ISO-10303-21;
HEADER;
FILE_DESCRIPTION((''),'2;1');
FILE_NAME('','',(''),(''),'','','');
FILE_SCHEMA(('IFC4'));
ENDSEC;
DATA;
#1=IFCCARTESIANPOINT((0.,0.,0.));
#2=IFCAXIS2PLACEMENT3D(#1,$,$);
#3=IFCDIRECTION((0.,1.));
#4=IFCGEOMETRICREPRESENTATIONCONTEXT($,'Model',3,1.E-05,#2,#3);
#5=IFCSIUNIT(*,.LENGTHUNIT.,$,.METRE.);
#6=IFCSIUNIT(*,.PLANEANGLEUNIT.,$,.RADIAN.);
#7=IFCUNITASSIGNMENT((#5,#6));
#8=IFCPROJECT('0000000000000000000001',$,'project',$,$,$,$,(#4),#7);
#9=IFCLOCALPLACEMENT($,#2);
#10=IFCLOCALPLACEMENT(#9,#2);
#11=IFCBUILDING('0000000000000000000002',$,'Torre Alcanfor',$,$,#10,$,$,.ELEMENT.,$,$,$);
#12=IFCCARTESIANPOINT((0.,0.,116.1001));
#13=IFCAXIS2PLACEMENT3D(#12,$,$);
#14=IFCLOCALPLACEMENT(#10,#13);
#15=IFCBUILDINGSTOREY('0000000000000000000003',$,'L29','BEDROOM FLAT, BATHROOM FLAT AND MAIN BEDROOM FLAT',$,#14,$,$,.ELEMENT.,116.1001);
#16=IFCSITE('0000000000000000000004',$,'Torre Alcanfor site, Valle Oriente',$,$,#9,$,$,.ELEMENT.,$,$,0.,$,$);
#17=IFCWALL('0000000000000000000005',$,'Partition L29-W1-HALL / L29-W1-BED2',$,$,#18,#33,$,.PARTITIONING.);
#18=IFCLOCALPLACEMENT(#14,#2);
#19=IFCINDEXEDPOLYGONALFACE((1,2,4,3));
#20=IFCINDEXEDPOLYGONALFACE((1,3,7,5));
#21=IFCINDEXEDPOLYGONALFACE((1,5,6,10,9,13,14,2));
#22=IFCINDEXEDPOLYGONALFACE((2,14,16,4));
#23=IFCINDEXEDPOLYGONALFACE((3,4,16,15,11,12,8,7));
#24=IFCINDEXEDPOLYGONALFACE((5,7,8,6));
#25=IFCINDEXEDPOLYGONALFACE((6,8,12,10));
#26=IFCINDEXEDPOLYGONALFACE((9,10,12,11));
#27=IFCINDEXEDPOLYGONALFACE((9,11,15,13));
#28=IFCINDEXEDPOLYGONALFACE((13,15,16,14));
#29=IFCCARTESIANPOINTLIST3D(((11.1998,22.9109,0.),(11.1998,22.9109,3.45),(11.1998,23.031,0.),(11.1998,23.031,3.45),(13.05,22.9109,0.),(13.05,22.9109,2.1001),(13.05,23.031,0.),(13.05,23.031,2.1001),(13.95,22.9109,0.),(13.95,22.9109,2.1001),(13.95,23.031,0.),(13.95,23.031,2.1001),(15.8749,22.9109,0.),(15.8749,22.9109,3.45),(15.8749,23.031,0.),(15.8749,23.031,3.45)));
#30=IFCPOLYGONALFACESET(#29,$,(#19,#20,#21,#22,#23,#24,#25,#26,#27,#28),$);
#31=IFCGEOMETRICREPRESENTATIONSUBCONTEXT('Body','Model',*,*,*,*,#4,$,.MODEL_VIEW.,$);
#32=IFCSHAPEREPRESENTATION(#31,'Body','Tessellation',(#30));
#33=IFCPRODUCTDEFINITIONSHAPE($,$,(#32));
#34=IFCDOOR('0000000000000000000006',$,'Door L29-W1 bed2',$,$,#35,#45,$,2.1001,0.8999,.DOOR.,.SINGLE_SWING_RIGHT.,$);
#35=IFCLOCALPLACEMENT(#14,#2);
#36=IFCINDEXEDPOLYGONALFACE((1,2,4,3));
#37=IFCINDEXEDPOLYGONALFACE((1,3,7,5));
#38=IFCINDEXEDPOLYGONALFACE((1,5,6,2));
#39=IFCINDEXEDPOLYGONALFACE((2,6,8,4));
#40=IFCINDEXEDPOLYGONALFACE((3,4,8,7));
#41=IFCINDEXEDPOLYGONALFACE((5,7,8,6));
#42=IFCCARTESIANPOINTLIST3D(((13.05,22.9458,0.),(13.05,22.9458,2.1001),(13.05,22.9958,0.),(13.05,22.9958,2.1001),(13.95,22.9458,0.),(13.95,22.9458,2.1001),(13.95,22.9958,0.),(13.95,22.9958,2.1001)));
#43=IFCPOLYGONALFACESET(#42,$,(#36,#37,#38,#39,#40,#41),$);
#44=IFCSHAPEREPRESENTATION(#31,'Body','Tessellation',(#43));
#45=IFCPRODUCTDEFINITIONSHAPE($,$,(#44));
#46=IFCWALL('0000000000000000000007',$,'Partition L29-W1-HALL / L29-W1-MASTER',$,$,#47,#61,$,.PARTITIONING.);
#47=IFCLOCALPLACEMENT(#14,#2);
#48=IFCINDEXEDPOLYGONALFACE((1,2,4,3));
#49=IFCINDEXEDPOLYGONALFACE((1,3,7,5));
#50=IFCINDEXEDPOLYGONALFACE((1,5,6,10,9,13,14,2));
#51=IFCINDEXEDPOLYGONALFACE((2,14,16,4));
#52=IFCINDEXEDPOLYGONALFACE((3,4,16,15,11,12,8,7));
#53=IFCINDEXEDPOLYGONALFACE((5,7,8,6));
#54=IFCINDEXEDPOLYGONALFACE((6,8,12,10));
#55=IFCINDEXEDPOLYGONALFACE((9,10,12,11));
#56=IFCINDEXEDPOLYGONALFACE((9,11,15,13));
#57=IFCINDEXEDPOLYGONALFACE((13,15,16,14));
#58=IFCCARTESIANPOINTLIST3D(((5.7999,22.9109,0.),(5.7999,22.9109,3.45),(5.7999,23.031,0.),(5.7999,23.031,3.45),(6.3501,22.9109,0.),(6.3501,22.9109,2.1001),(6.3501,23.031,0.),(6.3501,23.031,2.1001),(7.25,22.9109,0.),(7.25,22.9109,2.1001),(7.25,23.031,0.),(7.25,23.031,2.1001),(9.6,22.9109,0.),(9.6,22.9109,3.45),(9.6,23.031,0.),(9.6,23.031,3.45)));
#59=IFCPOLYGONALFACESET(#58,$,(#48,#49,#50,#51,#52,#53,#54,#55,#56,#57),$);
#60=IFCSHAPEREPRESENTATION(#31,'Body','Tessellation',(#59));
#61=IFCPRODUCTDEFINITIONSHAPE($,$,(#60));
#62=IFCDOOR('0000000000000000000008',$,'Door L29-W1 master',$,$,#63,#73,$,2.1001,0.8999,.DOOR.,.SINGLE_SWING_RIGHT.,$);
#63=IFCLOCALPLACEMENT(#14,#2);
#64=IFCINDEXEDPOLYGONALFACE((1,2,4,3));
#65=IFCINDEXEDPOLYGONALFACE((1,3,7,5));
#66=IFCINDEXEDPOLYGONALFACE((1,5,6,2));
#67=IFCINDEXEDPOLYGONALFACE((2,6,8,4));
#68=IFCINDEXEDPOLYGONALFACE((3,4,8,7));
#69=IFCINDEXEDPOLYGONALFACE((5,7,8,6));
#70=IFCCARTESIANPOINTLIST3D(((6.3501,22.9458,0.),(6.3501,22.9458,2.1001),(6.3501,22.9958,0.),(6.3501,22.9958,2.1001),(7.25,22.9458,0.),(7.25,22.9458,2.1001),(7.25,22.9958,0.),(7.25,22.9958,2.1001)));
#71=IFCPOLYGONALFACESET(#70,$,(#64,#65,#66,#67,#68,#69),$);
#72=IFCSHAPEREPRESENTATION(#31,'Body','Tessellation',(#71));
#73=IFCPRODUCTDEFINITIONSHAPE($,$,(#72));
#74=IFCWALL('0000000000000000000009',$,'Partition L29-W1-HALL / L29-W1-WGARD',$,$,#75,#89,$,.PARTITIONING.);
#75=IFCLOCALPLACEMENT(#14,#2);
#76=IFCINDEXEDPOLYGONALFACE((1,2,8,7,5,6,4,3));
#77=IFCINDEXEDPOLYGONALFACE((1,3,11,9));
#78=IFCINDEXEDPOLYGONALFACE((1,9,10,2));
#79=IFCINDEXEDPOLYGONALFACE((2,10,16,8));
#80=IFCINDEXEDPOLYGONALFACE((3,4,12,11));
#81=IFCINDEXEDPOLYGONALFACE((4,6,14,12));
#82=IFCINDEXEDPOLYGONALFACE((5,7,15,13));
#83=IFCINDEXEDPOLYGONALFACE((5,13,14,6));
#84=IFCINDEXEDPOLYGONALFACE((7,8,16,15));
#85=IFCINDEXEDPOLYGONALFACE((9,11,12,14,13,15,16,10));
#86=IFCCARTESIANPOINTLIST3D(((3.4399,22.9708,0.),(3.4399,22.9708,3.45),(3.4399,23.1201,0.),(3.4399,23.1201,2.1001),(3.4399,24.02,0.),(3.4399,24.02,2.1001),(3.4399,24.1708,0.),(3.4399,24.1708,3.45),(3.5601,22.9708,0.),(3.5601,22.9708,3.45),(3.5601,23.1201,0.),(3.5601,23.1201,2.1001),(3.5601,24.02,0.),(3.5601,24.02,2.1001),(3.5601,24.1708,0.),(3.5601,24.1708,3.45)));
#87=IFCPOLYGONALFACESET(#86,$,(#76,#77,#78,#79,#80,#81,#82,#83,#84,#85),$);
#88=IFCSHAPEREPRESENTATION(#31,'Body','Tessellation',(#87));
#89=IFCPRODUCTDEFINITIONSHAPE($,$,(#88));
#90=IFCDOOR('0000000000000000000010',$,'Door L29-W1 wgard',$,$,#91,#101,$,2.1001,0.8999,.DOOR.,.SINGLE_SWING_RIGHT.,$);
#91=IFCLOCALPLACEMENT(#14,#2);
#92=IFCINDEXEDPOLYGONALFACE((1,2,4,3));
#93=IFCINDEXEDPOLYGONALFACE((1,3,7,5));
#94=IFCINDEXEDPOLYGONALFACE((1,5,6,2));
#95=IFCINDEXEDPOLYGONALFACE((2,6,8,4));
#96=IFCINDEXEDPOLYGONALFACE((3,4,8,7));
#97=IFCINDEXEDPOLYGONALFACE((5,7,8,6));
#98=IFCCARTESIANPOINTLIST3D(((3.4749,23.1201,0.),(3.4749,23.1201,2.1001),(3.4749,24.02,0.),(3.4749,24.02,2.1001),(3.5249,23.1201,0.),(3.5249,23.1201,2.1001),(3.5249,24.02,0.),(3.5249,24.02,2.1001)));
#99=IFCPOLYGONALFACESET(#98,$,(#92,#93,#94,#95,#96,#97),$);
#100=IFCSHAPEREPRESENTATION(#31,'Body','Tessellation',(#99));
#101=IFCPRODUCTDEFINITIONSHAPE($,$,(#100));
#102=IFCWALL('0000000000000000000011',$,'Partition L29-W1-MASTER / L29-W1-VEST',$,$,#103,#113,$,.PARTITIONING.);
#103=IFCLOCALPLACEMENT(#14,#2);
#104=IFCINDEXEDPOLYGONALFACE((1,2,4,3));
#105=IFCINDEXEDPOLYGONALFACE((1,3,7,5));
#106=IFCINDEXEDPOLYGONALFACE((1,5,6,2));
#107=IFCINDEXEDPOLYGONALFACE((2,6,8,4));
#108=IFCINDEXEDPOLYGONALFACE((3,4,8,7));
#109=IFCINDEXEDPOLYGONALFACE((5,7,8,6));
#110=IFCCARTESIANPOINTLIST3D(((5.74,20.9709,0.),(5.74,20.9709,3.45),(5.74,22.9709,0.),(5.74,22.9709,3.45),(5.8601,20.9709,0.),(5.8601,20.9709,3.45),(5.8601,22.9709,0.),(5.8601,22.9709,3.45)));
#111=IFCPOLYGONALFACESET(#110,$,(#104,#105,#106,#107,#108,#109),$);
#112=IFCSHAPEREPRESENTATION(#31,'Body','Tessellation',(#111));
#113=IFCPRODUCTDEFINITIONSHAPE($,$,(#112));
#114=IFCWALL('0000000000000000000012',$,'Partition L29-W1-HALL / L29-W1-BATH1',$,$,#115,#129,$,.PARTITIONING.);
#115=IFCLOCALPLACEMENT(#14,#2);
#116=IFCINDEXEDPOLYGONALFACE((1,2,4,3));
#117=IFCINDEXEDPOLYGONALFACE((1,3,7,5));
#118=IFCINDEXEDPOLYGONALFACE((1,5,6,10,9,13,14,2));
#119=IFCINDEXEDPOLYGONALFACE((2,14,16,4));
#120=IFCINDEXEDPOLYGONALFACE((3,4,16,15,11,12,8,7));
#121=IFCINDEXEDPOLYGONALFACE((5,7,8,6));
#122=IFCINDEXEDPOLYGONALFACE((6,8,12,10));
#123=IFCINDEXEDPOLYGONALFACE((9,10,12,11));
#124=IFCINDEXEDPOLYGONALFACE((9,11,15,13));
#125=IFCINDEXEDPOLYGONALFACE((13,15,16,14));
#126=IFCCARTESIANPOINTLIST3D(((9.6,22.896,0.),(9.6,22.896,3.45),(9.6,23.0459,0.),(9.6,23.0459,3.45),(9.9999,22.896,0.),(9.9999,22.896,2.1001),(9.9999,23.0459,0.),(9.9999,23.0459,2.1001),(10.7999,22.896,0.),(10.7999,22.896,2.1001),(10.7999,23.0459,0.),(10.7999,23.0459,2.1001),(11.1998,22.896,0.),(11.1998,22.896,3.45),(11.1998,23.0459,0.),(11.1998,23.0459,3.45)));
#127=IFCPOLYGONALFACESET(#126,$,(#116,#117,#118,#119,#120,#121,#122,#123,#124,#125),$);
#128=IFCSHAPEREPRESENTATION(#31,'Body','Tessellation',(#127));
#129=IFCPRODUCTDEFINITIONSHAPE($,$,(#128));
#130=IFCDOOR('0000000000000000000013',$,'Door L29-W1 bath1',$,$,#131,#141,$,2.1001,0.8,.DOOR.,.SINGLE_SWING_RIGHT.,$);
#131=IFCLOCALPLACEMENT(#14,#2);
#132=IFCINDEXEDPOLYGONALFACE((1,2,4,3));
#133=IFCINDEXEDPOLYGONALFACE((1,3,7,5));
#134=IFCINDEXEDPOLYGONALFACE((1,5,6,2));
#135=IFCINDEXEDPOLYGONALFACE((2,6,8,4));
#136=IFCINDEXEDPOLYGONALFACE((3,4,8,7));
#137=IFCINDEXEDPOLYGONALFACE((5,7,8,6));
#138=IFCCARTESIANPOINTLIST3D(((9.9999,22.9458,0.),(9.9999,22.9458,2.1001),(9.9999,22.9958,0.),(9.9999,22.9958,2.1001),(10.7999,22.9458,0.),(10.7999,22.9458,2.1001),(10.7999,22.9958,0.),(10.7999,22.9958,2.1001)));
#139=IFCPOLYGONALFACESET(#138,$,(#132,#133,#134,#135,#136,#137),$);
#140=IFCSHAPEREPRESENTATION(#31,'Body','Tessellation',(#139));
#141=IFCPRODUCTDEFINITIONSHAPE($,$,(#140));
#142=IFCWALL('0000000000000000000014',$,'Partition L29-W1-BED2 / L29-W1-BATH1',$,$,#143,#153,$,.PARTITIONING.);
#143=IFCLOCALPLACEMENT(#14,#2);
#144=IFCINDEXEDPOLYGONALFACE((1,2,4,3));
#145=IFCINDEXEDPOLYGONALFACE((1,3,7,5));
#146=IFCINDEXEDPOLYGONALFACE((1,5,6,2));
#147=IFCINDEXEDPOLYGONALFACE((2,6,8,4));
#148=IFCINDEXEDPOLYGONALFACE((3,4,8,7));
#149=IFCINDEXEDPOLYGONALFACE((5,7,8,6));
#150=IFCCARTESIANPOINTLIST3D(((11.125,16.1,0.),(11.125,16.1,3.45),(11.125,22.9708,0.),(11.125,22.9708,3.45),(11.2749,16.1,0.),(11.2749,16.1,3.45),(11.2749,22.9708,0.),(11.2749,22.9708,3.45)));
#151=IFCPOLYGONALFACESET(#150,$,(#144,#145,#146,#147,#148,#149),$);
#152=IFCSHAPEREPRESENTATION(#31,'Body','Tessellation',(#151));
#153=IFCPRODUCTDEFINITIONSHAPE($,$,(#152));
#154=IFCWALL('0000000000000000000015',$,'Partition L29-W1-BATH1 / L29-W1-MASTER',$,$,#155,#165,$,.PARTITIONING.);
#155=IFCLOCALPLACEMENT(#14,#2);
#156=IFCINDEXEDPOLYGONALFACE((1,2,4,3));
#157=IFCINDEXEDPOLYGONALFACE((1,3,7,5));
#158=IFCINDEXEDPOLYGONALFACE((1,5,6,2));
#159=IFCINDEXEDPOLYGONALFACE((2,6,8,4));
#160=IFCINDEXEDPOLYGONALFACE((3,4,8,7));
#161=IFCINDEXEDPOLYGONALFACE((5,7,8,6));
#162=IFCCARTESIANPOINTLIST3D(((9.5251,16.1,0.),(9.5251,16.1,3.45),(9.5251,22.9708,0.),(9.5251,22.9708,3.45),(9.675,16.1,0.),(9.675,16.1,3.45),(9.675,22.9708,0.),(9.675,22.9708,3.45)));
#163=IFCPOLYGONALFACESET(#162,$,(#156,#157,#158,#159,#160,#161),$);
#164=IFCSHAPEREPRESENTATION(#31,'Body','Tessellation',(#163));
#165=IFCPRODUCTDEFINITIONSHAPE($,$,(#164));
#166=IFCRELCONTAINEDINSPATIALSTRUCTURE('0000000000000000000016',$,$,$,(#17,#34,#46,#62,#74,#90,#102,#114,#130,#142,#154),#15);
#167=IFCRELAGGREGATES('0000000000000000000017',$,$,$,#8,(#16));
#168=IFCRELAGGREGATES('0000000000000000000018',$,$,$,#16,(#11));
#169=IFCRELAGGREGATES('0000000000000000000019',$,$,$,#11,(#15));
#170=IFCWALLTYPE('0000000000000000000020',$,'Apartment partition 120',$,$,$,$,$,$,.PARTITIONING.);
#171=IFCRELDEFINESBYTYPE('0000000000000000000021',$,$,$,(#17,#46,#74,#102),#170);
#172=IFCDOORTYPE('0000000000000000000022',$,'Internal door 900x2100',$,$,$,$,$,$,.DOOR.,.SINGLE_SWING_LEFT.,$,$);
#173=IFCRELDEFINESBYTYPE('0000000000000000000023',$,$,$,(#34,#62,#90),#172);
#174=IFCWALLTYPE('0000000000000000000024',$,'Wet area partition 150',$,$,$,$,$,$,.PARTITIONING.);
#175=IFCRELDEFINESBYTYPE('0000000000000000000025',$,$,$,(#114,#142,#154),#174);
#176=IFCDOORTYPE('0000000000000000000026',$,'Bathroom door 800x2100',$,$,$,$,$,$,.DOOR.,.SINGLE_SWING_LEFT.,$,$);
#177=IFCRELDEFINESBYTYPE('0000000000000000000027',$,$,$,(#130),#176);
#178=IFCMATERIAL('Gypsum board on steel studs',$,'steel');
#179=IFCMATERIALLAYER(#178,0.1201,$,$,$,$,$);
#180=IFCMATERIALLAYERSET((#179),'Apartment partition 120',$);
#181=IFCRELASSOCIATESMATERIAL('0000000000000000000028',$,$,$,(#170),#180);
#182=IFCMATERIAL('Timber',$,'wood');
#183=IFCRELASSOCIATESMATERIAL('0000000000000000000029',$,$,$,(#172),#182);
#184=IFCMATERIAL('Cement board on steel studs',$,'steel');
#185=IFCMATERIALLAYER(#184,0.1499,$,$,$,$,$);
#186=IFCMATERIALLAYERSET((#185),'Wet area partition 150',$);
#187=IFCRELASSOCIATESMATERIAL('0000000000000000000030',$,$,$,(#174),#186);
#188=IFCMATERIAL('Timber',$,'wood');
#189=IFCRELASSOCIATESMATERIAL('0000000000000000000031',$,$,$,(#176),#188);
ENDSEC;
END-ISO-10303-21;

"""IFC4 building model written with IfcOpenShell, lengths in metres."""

from ifc_helpers import new_model, si_unit, direction, frame, frame_2d, origin, place, context, subcontext, project, spatial, rectangle, extrude, material, layer, layer_set, type_object, element, fill, save


model = new_model("IFC4")

# Units and contexts
model_context = context("Model", 3, precision=1e-05, world=origin(), true_north=direction((0.0, 1.0)))
body_context = subcontext(model_context, "Body", "Model", "MODEL_VIEW")
ifc_project = project(units=[si_unit("LENGTHUNIT", "METRE"), si_unit("PLANEANGLEUNIT", "RADIAN")], contexts=[model_context])

# Site, building, storey
site_placement = place(None, origin())
site = spatial("IfcSite", under=ifc_project, at=site_placement, Name="Torre Alcanfor site, Valle Oriente", CompositionType="ELEMENT", RefElevation=0.0)
building_placement = place(site_placement, origin())
building = spatial("IfcBuilding", under=site, at=building_placement, Name="Torre Alcanfor", CompositionType="ELEMENT")
storey_placement = place(building_placement, frame((0.0, 0.0, 116.1001)))
storey = spatial("IfcBuildingStorey", under=building, at=storey_placement, Name="L29", Description="BEDROOM FLAT, BATHROOM FLAT AND MAIN BEDROOM FLAT", CompositionType="ELEMENT", Elevation=116.1001)

# Shared definitions
ifc_material_1 = material(Name="Gypsum board on steel studs", Category="steel")
ifc_layer_1 = layer(ifc_material_1, 0.1201)
ifc_layer_set_1 = layer_set([ifc_layer_1], Name="Apartment partition 120")
wall_type_1 = type_object("IfcWallType", Name="Apartment partition 120", PredefinedType="PARTITIONING", material=ifc_layer_set_1)
ifc_material_2 = material(Name="Timber", Category="wood")
door_type_1 = type_object("IfcDoorType", Name="Internal door 900x2100", OperationType="SINGLE_SWING_LEFT", PredefinedType="DOOR", material=ifc_material_2)

# Walls, openings, doors
wall_1_placement = place(storey_placement, frame((11.2, 22.9709, 0.0), z_axis=(0.0, 0.0, 1.0), x_axis=(1.0, 0.0, 0.0)))
wall_1 = element("IfcWall", 1, at=wall_1_placement, inside=storey, type_object=wall_type_1, Name="Partition L29-W1-HALL / L29-W1-BED2", PredefinedType="PARTITIONING", context=body_context, shape_type="SweptSolid", body=[
    extrude(rectangle(XDim=4.675, YDim=0.1201, at=frame_2d((2.3374, 0.0))), origin(), (0.0, 0.0, 1.0), 3.45),
])
opening_1_placement = place(wall_1_placement, frame((1.8501, 0.0, 0.0)))
opening_1 = element("IfcOpeningElement", 2, at=opening_1_placement, cuts=wall_1, PredefinedType="OPENING", context=body_context, shape_type="SweptSolid", body=[
    extrude(rectangle(XDim=0.8999, YDim=2.1001, at=frame_2d((0.45, 1.05))), frame((0.0, 0.0701, 0.0), z_axis=(0.0, -1.0, 0.0), x_axis=(1.0, 0.0, 0.0)), (0.0, 0.0, 1.0), 0.1401),
])
door_1_placement = place(opening_1_placement, frame((0.8999, 0.0, 0.0), z_axis=(0.0, 0.0, 1.0), x_axis=(-1.0, 0.0, 0.0)))
door_1 = element("IfcDoor", 3, at=door_1_placement, inside=storey, type_object=door_type_1, Name="Door L29-W1 bed2", OperationType="SINGLE_SWING_RIGHT", OverallHeight=2.1001, OverallWidth=0.8999, PredefinedType="DOOR", context=body_context, shape_type="SweptSolid", body=[
    extrude(rectangle(XDim=0.8999, YDim=2.1001, at=frame_2d((0.45, 1.05))), frame((0.0, 0.0251, 0.0), z_axis=(0.0, -1.0, 0.0), x_axis=(1.0, 0.0, 0.0)), (0.0, 0.0, 1.0), 0.05),
])
fill(opening_1, door_1)
wall_2_placement = place(storey_placement, frame((5.8, 22.9709, 0.0), z_axis=(0.0, 0.0, 1.0), x_axis=(1.0, 0.0, 0.0)))
wall_2 = element("IfcWall", 4, at=wall_2_placement, inside=storey, type_object=wall_type_1, Name="Partition L29-W1-HALL / L29-W1-MASTER", PredefinedType="PARTITIONING", context=body_context, shape_type="SweptSolid", body=[
    extrude(rectangle(XDim=3.8, YDim=0.1201, at=frame_2d((1.8999, 0.0))), origin(), (0.0, 0.0, 1.0), 3.45),
])
opening_2_placement = place(wall_2_placement, frame((0.55, 0.0, 0.0)))
opening_2 = element("IfcOpeningElement", 5, at=opening_2_placement, cuts=wall_2, PredefinedType="OPENING", context=body_context, shape_type="SweptSolid", body=[
    extrude(rectangle(XDim=0.8999, YDim=2.1001, at=frame_2d((0.45, 1.05))), frame((0.0, 0.0701, 0.0), z_axis=(0.0, -1.0, 0.0), x_axis=(1.0, 0.0, 0.0)), (0.0, 0.0, 1.0), 0.1401),
])
door_2_placement = place(opening_2_placement, frame((0.8999, 0.0, 0.0), z_axis=(0.0, 0.0, 1.0), x_axis=(-1.0, 0.0, 0.0)))
door_2 = element("IfcDoor", 6, at=door_2_placement, inside=storey, type_object=door_type_1, Name="Door L29-W1 master", OperationType="SINGLE_SWING_RIGHT", OverallHeight=2.1001, OverallWidth=0.8999, PredefinedType="DOOR", context=body_context, shape_type="SweptSolid", body=[
    extrude(rectangle(XDim=0.8999, YDim=2.1001, at=frame_2d((0.45, 1.05))), frame((0.0, 0.0251, 0.0), z_axis=(0.0, -1.0, 0.0), x_axis=(1.0, 0.0, 0.0)), (0.0, 0.0, 1.0), 0.05),
])
fill(opening_2, door_2)
wall_3_placement = place(storey_placement, frame((3.5, 24.1709, 0.0), z_axis=(0.0, 0.0, 1.0), x_axis=(0.0, -1.0, 0.0)))
wall_3 = element("IfcWall", 7, at=wall_3_placement, inside=storey, type_object=wall_type_1, Name="Partition L29-W1-HALL / L29-W1-WGARD", PredefinedType="PARTITIONING", context=body_context, shape_type="SweptSolid", body=[
    extrude(rectangle(XDim=1.2, YDim=0.1201, at=frame_2d((0.6001, 0.0))), origin(), (0.0, 0.0, 1.0), 3.45),
])
opening_3_placement = place(wall_3_placement, frame((0.1509, 0.0, 0.0)))
opening_3 = element("IfcOpeningElement", 8, at=opening_3_placement, cuts=wall_3, PredefinedType="OPENING", context=body_context, shape_type="SweptSolid", body=[
    extrude(rectangle(XDim=0.8999, YDim=2.1001, at=frame_2d((0.45, 1.05))), frame((0.0, 0.0701, 0.0), z_axis=(0.0, -1.0, 0.0), x_axis=(1.0, 0.0, 0.0)), (0.0, 0.0, 1.0), 0.1401),
])
door_3_placement = place(opening_3_placement, frame((0.8999, 0.0, 0.0), z_axis=(0.0, 0.0, 1.0), x_axis=(-1.0, 0.0, 0.0)))
door_3 = element("IfcDoor", 9, at=door_3_placement, inside=storey, type_object=door_type_1, Name="Door L29-W1 wgard", OperationType="SINGLE_SWING_RIGHT", OverallHeight=2.1001, OverallWidth=0.8999, PredefinedType="DOOR", context=body_context, shape_type="SweptSolid", body=[
    extrude(rectangle(XDim=0.8999, YDim=2.1001, at=frame_2d((0.45, 1.05))), frame((0.0, 0.0251, 0.0), z_axis=(0.0, -1.0, 0.0), x_axis=(1.0, 0.0, 0.0)), (0.0, 0.0, 1.0), 0.05),
])
fill(opening_3, door_3)

# Wall
wall_4_placement = place(storey_placement, frame((5.8, 20.9709, 0.0), z_axis=(0.0, 0.0, 1.0), x_axis=(0.0, 1.0, 0.0)))
element("IfcWall", 10, at=wall_4_placement, inside=storey, type_object=wall_type_1, Name="Partition L29-W1-MASTER / L29-W1-VEST", PredefinedType="PARTITIONING", context=body_context, shape_type="SweptSolid", body=[
    extrude(rectangle(XDim=2.0, YDim=0.1201, at=frame_2d((1.0, 0.0))), origin(), (0.0, 0.0, 1.0), 3.45),
])

# Wall, opening, door
ifc_material_3 = material(Name="Cement board on steel studs", Category="steel")
ifc_layer_2 = layer(ifc_material_3, 0.1499)
ifc_layer_set_2 = layer_set([ifc_layer_2], Name="Wet area partition 150")
wall_type_2 = type_object("IfcWallType", Name="Wet area partition 150", PredefinedType="PARTITIONING", material=ifc_layer_set_2)
wall_5_placement = place(storey_placement, frame((9.6001, 22.9709, 0.0), z_axis=(0.0, 0.0, 1.0), x_axis=(1.0, 0.0, 0.0)))
wall_5 = element("IfcWall", 11, at=wall_5_placement, inside=storey, type_object=wall_type_2, Name="Partition L29-W1-HALL / L29-W1-BATH1", PredefinedType="PARTITIONING", context=body_context, shape_type="SweptSolid", body=[
    extrude(rectangle(XDim=1.5999, YDim=0.1499, at=frame_2d((0.7998, 0.0))), origin(), (0.0, 0.0, 1.0), 3.45),
])
opening_4_placement = place(wall_5_placement, frame((0.3999, 0.0, 0.0)))
opening_4 = element("IfcOpeningElement", 12, at=opening_4_placement, cuts=wall_5, PredefinedType="OPENING", context=body_context, shape_type="SweptSolid", body=[
    extrude(rectangle(XDim=0.8, YDim=2.1001, at=frame_2d((0.3999, 1.05))), frame((0.0, 0.085, 0.0), z_axis=(0.0, -1.0, 0.0), x_axis=(1.0, 0.0, 0.0)), (0.0, 0.0, 1.0), 0.1699),
])
ifc_material_4 = material(Name="Timber", Category="wood")
door_type_2 = type_object("IfcDoorType", Name="Bathroom door 800x2100", OperationType="SINGLE_SWING_LEFT", PredefinedType="DOOR", material=ifc_material_4)
door_4_placement = place(opening_4_placement, frame((0.8, 0.0, 0.0), z_axis=(0.0, 0.0, 1.0), x_axis=(-1.0, 0.0, 0.0)))
door_4 = element("IfcDoor", 13, at=door_4_placement, inside=storey, type_object=door_type_2, Name="Door L29-W1 bath1", OperationType="SINGLE_SWING_RIGHT", OverallHeight=2.1001, OverallWidth=0.8, PredefinedType="DOOR", context=body_context, shape_type="SweptSolid", body=[
    extrude(rectangle(XDim=0.8, YDim=2.1001, at=frame_2d((0.4001, 1.05))), frame((0.0, 0.0251, 0.0), z_axis=(0.0, -1.0, 0.0), x_axis=(1.0, 0.0, 0.0)), (0.0, 0.0, 1.0), 0.05),
])
fill(opening_4, door_4)

# Walls
for number, where, z_axis, x_axis, name in (
    (14, (11.2, 22.9709, 0.0), (0.0, 0.0, 1.0), (0.0, -1.0, 0.0), "Partition L29-W1-BED2 / L29-W1-BATH1"),
    (15, (9.6001, 22.9709, 0.0), (0.0, 0.0, 1.0), (0.0, -1.0, 0.0), "Partition L29-W1-BATH1 / L29-W1-MASTER"),
):
    element("IfcWall", number, at=place(storey_placement, frame(where, z_axis=z_axis, x_axis=x_axis)), inside=storey, type_object=wall_type_2, Name=name, PredefinedType="PARTITIONING", context=body_context, shape_type="SweptSolid", body=[
        extrude(rectangle(XDim=6.8708, YDim=0.1499, at=frame_2d((3.4355, 0.0))), origin(), (0.0, 0.0, 1.0), 3.45),
    ])

save(model, "model.ifc")
